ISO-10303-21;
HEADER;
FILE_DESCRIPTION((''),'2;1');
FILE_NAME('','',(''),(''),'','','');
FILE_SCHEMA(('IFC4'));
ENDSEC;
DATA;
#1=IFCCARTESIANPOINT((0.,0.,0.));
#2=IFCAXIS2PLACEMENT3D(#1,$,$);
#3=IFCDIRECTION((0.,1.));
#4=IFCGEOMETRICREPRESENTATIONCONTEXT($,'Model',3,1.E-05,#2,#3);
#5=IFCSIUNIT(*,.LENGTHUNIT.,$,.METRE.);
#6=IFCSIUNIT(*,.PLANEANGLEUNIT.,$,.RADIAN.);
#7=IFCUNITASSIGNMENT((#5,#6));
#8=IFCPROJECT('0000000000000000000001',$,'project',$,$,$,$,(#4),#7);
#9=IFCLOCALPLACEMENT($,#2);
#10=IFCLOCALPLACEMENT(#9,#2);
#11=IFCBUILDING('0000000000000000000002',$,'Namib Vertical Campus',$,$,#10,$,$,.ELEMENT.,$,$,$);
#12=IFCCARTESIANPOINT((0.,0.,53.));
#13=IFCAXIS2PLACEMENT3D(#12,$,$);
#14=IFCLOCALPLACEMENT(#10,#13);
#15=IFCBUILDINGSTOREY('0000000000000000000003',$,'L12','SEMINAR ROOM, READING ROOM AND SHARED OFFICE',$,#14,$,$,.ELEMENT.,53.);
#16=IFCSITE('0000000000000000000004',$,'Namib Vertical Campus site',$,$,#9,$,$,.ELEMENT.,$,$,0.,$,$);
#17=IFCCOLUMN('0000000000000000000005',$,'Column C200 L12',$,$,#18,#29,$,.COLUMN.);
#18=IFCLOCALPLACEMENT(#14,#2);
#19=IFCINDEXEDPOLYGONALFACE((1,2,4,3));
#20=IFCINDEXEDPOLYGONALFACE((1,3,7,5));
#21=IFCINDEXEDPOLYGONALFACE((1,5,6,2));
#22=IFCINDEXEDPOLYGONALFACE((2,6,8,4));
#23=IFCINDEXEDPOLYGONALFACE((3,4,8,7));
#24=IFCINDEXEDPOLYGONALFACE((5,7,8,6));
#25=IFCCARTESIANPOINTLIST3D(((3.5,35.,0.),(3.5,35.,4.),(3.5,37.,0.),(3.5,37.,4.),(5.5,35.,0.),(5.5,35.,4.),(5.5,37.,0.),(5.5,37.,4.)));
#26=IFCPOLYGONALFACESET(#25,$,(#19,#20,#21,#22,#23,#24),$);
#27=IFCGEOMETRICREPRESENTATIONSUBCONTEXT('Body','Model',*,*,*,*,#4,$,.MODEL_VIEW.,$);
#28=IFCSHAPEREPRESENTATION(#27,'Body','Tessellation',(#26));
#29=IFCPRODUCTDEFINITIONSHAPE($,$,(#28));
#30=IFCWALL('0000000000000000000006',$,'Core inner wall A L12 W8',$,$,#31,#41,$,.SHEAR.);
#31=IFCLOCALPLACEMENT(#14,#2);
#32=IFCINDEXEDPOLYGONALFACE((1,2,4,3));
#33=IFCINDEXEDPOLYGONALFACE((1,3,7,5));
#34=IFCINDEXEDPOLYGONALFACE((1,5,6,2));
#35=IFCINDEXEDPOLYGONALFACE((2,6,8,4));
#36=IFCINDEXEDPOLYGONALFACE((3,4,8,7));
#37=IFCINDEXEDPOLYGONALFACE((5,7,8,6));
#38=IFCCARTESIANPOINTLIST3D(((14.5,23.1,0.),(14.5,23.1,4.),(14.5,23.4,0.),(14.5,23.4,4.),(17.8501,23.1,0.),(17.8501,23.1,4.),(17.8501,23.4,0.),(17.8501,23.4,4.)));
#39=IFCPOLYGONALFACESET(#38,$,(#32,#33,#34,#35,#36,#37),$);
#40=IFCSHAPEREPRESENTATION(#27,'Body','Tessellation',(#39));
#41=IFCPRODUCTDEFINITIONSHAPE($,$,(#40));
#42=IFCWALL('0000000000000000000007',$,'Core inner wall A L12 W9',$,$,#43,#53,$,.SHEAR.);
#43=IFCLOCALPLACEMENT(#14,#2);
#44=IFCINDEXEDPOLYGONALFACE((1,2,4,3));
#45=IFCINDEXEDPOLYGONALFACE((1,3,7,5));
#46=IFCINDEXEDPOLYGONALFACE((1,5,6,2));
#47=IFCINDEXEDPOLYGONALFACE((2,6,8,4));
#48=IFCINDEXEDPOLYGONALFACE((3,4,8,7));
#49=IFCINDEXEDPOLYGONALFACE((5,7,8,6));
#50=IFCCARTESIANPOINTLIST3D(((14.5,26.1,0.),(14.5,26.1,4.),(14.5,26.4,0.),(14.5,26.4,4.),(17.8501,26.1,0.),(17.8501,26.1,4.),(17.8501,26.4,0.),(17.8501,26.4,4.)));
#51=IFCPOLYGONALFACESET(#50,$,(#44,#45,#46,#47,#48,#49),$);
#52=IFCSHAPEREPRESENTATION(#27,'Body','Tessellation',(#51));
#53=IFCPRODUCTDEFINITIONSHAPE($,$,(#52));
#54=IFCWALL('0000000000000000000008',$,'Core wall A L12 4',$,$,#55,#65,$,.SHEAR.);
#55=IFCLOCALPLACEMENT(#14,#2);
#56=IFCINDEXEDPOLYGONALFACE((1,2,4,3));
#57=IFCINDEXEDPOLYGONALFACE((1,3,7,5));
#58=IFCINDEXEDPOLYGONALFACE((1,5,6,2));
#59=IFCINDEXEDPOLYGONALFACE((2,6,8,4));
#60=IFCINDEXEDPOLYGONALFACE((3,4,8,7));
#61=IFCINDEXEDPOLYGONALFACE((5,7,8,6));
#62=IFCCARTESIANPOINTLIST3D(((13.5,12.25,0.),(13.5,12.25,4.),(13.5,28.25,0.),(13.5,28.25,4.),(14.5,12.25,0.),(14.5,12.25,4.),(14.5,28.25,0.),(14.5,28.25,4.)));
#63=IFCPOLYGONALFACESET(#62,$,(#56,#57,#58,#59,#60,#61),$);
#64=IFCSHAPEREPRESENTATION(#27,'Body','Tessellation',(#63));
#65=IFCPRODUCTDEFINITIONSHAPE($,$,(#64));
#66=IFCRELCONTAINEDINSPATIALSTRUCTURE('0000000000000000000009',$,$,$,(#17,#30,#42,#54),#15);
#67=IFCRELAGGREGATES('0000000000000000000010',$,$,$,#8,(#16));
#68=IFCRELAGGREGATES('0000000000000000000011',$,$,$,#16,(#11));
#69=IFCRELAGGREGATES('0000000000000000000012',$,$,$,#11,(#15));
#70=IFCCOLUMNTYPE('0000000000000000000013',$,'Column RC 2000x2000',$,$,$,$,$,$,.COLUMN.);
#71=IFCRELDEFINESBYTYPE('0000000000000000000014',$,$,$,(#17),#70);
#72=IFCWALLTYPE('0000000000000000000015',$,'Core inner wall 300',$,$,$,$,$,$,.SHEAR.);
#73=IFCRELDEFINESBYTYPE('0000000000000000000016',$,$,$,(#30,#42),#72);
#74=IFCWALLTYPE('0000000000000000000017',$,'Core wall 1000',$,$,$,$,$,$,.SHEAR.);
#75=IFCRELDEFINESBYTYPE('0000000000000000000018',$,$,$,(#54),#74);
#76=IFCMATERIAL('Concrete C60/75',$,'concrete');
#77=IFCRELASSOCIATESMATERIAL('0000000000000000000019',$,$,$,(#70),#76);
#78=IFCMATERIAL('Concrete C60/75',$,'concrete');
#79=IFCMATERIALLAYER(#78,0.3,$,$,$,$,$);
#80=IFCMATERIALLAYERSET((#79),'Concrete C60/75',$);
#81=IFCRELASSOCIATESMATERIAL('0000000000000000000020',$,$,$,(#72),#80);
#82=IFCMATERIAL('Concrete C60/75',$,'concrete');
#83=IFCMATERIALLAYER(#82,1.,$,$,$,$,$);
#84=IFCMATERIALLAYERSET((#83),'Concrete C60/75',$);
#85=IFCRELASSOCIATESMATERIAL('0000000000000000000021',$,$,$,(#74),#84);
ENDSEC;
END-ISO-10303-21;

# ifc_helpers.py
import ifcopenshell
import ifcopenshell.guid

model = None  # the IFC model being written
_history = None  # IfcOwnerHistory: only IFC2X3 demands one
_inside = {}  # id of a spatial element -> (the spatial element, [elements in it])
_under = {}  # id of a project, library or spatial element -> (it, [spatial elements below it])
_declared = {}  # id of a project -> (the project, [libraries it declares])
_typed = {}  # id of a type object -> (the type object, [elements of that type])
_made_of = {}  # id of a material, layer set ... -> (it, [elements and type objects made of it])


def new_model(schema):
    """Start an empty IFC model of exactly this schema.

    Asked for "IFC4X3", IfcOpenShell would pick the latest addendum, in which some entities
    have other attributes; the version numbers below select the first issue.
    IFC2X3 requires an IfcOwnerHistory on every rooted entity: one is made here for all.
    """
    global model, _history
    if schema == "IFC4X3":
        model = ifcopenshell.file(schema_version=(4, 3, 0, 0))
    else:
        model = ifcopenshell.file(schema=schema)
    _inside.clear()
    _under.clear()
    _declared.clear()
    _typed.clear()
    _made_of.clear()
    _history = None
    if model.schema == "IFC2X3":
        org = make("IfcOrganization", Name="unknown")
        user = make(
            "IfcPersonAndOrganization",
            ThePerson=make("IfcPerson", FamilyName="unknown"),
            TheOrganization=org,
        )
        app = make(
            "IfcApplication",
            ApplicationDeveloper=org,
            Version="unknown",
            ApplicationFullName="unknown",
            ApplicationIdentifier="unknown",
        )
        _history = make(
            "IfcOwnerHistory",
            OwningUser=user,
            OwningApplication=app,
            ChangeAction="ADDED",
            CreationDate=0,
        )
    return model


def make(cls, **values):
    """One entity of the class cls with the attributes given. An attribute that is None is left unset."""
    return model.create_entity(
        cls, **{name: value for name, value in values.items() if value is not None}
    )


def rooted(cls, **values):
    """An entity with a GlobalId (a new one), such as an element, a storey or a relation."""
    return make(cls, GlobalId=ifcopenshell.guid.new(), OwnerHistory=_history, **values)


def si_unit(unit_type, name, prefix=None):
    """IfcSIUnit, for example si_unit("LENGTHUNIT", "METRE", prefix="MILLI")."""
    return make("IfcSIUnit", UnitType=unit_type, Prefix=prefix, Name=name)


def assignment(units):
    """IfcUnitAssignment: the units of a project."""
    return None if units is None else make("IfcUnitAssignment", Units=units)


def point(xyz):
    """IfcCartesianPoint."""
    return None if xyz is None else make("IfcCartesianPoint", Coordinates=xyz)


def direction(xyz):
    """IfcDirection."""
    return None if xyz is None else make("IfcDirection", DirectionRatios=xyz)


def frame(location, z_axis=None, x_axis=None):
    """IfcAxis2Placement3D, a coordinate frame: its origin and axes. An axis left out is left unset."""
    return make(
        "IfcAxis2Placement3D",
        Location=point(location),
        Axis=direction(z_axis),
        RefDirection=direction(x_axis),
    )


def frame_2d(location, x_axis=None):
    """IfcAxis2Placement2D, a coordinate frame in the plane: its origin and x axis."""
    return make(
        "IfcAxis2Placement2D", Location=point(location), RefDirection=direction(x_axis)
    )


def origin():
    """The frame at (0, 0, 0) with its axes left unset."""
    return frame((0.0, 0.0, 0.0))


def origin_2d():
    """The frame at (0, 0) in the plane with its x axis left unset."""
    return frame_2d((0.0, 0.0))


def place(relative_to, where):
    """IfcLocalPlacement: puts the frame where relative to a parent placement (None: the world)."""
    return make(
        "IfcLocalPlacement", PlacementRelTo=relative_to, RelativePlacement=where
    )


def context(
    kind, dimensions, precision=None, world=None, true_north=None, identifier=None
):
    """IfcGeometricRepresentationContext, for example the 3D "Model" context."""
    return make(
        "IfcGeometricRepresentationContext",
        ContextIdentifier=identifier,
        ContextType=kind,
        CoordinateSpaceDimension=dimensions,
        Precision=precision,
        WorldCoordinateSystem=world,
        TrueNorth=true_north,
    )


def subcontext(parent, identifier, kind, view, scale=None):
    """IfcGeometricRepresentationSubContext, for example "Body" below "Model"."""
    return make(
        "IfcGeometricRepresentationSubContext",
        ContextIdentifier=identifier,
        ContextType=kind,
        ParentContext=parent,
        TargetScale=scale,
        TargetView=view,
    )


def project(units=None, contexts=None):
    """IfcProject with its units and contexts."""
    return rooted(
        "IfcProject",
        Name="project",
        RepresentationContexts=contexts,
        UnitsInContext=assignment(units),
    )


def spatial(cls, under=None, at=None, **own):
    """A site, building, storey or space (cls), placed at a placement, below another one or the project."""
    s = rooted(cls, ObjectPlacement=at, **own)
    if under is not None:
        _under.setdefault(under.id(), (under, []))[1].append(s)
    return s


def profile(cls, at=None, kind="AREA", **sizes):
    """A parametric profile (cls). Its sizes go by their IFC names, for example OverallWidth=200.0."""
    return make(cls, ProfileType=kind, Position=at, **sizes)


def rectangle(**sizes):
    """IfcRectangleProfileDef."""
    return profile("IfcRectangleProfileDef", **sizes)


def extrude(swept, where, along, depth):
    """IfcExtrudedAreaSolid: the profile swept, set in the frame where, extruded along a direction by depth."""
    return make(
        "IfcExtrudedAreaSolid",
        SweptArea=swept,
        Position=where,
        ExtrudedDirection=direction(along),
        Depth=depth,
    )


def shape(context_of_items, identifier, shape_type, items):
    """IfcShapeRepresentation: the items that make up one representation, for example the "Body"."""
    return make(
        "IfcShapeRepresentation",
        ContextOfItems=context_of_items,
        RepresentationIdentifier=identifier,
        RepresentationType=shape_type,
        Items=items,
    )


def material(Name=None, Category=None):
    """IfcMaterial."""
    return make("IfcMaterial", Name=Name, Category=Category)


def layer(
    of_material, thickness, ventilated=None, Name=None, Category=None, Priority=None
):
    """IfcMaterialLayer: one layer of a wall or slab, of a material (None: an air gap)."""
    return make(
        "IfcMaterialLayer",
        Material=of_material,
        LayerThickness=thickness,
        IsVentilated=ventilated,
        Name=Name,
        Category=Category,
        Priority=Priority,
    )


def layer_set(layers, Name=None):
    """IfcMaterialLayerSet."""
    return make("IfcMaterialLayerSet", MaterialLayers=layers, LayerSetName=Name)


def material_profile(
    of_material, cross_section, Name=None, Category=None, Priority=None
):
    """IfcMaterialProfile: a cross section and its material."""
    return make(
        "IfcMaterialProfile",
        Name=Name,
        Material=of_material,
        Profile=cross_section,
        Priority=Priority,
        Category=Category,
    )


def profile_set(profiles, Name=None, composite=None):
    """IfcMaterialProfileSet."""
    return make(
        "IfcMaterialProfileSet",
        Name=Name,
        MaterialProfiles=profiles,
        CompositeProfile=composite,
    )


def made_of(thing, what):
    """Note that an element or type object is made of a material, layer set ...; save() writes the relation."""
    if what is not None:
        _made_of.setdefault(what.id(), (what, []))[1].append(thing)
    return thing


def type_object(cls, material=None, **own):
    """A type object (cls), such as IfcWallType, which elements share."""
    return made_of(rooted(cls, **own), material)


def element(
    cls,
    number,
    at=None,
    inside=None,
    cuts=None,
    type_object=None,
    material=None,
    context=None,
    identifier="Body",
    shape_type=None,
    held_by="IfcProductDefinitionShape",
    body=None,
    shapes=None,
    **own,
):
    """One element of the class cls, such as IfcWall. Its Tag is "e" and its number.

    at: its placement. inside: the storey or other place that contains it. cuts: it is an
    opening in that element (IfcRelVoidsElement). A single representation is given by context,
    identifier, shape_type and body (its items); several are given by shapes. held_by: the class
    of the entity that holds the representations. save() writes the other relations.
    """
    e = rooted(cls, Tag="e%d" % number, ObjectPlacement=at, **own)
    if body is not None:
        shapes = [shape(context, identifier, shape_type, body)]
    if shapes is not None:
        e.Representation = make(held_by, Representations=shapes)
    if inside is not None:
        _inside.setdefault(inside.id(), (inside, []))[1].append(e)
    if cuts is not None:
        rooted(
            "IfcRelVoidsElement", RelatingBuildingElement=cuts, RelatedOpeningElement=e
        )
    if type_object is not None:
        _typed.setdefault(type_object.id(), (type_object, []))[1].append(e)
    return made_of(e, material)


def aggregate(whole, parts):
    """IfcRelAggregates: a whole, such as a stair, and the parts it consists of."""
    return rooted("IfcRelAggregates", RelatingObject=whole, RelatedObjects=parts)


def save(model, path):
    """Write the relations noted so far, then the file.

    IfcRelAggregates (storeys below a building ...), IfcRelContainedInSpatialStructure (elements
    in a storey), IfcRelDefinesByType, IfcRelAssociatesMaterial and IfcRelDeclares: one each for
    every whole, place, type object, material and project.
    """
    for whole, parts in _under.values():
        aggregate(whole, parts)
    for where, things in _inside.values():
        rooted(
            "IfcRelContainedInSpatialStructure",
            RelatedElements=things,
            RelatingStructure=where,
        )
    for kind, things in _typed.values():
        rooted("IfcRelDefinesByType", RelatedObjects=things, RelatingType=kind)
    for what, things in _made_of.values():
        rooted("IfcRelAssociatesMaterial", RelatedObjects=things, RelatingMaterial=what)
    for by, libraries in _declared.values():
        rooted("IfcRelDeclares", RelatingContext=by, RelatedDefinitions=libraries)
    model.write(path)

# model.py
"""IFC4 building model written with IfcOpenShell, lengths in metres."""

from ifc_helpers import new_model, si_unit, direction, frame, frame_2d, origin, origin_2d, place, context, subcontext, project, spatial, rectangle, extrude, material, layer, layer_set, material_profile, profile_set, type_object, element, save


model = new_model("IFC4")

# Units and contexts
model_context = context("Model", 3, precision=1e-05, world=origin(), true_north=direction((0.0, 1.0)))
body_context = subcontext(model_context, "Body", "Model", "MODEL_VIEW")
ifc_project = project(units=[si_unit("LENGTHUNIT", "METRE"), si_unit("PLANEANGLEUNIT", "RADIAN")], contexts=[model_context])

# Site, building, storey
site_placement = place(None, origin())
site = spatial("IfcSite", under=ifc_project, at=site_placement, Name="Namib Vertical Campus site", CompositionType="ELEMENT", RefElevation=0.0)
building_placement = place(site_placement, origin())
building = spatial("IfcBuilding", under=site, at=building_placement, Name="Namib Vertical Campus", CompositionType="ELEMENT")
storey_placement = place(building_placement, frame((0.0, 0.0, 53.0)))
storey = spatial("IfcBuildingStorey", under=building, at=storey_placement, Name="L12", Description="SEMINAR ROOM, READING ROOM AND SHARED OFFICE", CompositionType="ELEMENT", Elevation=53.0)

# Column
ifc_material_1 = material(Name="Concrete C60/75", Category="concrete")
ifc_material_profile = material_profile(ifc_material_1, rectangle(XDim=2.0, YDim=2.0, at=origin_2d()))
ifc_profile_set = profile_set([ifc_material_profile], Name="Concrete C60/75")
column_type = type_object("IfcColumnType", Name="Column RC 2000x2000", PredefinedType="COLUMN", material=ifc_profile_set)
column_placement = place(storey_placement, frame((4.5, 36.0, 0.0), z_axis=(0.0, 0.0, 1.0), x_axis=(1.0, 0.0, 0.0)))
element("IfcColumn", 1, at=column_placement, inside=storey, type_object=column_type, Name="Column C200 L12", PredefinedType="COLUMN", context=body_context, shape_type="SweptSolid", body=[
    extrude(rectangle(XDim=2.0, YDim=2.0, at=origin_2d()), origin(), (0.0, 0.0, 1.0), 4.0),
])

# Walls
ifc_material_2 = material(Name="Concrete C60/75", Category="concrete")
ifc_layer_1 = layer(ifc_material_2, 0.3)
ifc_layer_set_1 = layer_set([ifc_layer_1], Name="Concrete C60/75")
wall_type_1 = type_object("IfcWallType", Name="Core inner wall 300", PredefinedType="SHEAR", material=ifc_layer_set_1)
for number, where, z_axis, x_axis, name in (
    (2, (14.5, 23.25, 0.0), (0.0, 0.0, 1.0), (1.0, 0.0, 0.0), "Core inner wall A L12 W8"),
    (3, (14.5, 26.25, 0.0), (0.0, 0.0, 1.0), (1.0, 0.0, 0.0), "Core inner wall A L12 W9"),
):
    element("IfcWall", number, at=place(storey_placement, frame(where, z_axis=z_axis, x_axis=x_axis)), inside=storey, type_object=wall_type_1, Name=name, PredefinedType="SHEAR", context=body_context, shape_type="SweptSolid", body=[
        extrude(rectangle(XDim=3.3501, YDim=0.3, at=frame_2d((1.675, 0.0))), origin(), (0.0, 0.0, 1.0), 4.0),
    ])
ifc_material_3 = material(Name="Concrete C60/75", Category="concrete")
ifc_layer_2 = layer(ifc_material_3, 1.0)
ifc_layer_set_2 = layer_set([ifc_layer_2], Name="Concrete C60/75")
wall_type_2 = type_object("IfcWallType", Name="Core wall 1000", PredefinedType="SHEAR", material=ifc_layer_set_2)
wall_1_placement = place(storey_placement, frame((14.0, 28.25, 0.0), z_axis=(0.0, 0.0, 1.0), x_axis=(0.0, -1.0, 0.0)))
element("IfcWall", 4, at=wall_1_placement, inside=storey, type_object=wall_type_2, Name="Core wall A L12 4", PredefinedType="SHEAR", context=body_context, shape_type="SweptSolid", body=[
    extrude(rectangle(XDim=16.0, YDim=1.0, at=frame_2d((8.0, 0.0))), origin(), (0.0, 0.0, 1.0), 4.0),
])

save(model, "model.ifc")
